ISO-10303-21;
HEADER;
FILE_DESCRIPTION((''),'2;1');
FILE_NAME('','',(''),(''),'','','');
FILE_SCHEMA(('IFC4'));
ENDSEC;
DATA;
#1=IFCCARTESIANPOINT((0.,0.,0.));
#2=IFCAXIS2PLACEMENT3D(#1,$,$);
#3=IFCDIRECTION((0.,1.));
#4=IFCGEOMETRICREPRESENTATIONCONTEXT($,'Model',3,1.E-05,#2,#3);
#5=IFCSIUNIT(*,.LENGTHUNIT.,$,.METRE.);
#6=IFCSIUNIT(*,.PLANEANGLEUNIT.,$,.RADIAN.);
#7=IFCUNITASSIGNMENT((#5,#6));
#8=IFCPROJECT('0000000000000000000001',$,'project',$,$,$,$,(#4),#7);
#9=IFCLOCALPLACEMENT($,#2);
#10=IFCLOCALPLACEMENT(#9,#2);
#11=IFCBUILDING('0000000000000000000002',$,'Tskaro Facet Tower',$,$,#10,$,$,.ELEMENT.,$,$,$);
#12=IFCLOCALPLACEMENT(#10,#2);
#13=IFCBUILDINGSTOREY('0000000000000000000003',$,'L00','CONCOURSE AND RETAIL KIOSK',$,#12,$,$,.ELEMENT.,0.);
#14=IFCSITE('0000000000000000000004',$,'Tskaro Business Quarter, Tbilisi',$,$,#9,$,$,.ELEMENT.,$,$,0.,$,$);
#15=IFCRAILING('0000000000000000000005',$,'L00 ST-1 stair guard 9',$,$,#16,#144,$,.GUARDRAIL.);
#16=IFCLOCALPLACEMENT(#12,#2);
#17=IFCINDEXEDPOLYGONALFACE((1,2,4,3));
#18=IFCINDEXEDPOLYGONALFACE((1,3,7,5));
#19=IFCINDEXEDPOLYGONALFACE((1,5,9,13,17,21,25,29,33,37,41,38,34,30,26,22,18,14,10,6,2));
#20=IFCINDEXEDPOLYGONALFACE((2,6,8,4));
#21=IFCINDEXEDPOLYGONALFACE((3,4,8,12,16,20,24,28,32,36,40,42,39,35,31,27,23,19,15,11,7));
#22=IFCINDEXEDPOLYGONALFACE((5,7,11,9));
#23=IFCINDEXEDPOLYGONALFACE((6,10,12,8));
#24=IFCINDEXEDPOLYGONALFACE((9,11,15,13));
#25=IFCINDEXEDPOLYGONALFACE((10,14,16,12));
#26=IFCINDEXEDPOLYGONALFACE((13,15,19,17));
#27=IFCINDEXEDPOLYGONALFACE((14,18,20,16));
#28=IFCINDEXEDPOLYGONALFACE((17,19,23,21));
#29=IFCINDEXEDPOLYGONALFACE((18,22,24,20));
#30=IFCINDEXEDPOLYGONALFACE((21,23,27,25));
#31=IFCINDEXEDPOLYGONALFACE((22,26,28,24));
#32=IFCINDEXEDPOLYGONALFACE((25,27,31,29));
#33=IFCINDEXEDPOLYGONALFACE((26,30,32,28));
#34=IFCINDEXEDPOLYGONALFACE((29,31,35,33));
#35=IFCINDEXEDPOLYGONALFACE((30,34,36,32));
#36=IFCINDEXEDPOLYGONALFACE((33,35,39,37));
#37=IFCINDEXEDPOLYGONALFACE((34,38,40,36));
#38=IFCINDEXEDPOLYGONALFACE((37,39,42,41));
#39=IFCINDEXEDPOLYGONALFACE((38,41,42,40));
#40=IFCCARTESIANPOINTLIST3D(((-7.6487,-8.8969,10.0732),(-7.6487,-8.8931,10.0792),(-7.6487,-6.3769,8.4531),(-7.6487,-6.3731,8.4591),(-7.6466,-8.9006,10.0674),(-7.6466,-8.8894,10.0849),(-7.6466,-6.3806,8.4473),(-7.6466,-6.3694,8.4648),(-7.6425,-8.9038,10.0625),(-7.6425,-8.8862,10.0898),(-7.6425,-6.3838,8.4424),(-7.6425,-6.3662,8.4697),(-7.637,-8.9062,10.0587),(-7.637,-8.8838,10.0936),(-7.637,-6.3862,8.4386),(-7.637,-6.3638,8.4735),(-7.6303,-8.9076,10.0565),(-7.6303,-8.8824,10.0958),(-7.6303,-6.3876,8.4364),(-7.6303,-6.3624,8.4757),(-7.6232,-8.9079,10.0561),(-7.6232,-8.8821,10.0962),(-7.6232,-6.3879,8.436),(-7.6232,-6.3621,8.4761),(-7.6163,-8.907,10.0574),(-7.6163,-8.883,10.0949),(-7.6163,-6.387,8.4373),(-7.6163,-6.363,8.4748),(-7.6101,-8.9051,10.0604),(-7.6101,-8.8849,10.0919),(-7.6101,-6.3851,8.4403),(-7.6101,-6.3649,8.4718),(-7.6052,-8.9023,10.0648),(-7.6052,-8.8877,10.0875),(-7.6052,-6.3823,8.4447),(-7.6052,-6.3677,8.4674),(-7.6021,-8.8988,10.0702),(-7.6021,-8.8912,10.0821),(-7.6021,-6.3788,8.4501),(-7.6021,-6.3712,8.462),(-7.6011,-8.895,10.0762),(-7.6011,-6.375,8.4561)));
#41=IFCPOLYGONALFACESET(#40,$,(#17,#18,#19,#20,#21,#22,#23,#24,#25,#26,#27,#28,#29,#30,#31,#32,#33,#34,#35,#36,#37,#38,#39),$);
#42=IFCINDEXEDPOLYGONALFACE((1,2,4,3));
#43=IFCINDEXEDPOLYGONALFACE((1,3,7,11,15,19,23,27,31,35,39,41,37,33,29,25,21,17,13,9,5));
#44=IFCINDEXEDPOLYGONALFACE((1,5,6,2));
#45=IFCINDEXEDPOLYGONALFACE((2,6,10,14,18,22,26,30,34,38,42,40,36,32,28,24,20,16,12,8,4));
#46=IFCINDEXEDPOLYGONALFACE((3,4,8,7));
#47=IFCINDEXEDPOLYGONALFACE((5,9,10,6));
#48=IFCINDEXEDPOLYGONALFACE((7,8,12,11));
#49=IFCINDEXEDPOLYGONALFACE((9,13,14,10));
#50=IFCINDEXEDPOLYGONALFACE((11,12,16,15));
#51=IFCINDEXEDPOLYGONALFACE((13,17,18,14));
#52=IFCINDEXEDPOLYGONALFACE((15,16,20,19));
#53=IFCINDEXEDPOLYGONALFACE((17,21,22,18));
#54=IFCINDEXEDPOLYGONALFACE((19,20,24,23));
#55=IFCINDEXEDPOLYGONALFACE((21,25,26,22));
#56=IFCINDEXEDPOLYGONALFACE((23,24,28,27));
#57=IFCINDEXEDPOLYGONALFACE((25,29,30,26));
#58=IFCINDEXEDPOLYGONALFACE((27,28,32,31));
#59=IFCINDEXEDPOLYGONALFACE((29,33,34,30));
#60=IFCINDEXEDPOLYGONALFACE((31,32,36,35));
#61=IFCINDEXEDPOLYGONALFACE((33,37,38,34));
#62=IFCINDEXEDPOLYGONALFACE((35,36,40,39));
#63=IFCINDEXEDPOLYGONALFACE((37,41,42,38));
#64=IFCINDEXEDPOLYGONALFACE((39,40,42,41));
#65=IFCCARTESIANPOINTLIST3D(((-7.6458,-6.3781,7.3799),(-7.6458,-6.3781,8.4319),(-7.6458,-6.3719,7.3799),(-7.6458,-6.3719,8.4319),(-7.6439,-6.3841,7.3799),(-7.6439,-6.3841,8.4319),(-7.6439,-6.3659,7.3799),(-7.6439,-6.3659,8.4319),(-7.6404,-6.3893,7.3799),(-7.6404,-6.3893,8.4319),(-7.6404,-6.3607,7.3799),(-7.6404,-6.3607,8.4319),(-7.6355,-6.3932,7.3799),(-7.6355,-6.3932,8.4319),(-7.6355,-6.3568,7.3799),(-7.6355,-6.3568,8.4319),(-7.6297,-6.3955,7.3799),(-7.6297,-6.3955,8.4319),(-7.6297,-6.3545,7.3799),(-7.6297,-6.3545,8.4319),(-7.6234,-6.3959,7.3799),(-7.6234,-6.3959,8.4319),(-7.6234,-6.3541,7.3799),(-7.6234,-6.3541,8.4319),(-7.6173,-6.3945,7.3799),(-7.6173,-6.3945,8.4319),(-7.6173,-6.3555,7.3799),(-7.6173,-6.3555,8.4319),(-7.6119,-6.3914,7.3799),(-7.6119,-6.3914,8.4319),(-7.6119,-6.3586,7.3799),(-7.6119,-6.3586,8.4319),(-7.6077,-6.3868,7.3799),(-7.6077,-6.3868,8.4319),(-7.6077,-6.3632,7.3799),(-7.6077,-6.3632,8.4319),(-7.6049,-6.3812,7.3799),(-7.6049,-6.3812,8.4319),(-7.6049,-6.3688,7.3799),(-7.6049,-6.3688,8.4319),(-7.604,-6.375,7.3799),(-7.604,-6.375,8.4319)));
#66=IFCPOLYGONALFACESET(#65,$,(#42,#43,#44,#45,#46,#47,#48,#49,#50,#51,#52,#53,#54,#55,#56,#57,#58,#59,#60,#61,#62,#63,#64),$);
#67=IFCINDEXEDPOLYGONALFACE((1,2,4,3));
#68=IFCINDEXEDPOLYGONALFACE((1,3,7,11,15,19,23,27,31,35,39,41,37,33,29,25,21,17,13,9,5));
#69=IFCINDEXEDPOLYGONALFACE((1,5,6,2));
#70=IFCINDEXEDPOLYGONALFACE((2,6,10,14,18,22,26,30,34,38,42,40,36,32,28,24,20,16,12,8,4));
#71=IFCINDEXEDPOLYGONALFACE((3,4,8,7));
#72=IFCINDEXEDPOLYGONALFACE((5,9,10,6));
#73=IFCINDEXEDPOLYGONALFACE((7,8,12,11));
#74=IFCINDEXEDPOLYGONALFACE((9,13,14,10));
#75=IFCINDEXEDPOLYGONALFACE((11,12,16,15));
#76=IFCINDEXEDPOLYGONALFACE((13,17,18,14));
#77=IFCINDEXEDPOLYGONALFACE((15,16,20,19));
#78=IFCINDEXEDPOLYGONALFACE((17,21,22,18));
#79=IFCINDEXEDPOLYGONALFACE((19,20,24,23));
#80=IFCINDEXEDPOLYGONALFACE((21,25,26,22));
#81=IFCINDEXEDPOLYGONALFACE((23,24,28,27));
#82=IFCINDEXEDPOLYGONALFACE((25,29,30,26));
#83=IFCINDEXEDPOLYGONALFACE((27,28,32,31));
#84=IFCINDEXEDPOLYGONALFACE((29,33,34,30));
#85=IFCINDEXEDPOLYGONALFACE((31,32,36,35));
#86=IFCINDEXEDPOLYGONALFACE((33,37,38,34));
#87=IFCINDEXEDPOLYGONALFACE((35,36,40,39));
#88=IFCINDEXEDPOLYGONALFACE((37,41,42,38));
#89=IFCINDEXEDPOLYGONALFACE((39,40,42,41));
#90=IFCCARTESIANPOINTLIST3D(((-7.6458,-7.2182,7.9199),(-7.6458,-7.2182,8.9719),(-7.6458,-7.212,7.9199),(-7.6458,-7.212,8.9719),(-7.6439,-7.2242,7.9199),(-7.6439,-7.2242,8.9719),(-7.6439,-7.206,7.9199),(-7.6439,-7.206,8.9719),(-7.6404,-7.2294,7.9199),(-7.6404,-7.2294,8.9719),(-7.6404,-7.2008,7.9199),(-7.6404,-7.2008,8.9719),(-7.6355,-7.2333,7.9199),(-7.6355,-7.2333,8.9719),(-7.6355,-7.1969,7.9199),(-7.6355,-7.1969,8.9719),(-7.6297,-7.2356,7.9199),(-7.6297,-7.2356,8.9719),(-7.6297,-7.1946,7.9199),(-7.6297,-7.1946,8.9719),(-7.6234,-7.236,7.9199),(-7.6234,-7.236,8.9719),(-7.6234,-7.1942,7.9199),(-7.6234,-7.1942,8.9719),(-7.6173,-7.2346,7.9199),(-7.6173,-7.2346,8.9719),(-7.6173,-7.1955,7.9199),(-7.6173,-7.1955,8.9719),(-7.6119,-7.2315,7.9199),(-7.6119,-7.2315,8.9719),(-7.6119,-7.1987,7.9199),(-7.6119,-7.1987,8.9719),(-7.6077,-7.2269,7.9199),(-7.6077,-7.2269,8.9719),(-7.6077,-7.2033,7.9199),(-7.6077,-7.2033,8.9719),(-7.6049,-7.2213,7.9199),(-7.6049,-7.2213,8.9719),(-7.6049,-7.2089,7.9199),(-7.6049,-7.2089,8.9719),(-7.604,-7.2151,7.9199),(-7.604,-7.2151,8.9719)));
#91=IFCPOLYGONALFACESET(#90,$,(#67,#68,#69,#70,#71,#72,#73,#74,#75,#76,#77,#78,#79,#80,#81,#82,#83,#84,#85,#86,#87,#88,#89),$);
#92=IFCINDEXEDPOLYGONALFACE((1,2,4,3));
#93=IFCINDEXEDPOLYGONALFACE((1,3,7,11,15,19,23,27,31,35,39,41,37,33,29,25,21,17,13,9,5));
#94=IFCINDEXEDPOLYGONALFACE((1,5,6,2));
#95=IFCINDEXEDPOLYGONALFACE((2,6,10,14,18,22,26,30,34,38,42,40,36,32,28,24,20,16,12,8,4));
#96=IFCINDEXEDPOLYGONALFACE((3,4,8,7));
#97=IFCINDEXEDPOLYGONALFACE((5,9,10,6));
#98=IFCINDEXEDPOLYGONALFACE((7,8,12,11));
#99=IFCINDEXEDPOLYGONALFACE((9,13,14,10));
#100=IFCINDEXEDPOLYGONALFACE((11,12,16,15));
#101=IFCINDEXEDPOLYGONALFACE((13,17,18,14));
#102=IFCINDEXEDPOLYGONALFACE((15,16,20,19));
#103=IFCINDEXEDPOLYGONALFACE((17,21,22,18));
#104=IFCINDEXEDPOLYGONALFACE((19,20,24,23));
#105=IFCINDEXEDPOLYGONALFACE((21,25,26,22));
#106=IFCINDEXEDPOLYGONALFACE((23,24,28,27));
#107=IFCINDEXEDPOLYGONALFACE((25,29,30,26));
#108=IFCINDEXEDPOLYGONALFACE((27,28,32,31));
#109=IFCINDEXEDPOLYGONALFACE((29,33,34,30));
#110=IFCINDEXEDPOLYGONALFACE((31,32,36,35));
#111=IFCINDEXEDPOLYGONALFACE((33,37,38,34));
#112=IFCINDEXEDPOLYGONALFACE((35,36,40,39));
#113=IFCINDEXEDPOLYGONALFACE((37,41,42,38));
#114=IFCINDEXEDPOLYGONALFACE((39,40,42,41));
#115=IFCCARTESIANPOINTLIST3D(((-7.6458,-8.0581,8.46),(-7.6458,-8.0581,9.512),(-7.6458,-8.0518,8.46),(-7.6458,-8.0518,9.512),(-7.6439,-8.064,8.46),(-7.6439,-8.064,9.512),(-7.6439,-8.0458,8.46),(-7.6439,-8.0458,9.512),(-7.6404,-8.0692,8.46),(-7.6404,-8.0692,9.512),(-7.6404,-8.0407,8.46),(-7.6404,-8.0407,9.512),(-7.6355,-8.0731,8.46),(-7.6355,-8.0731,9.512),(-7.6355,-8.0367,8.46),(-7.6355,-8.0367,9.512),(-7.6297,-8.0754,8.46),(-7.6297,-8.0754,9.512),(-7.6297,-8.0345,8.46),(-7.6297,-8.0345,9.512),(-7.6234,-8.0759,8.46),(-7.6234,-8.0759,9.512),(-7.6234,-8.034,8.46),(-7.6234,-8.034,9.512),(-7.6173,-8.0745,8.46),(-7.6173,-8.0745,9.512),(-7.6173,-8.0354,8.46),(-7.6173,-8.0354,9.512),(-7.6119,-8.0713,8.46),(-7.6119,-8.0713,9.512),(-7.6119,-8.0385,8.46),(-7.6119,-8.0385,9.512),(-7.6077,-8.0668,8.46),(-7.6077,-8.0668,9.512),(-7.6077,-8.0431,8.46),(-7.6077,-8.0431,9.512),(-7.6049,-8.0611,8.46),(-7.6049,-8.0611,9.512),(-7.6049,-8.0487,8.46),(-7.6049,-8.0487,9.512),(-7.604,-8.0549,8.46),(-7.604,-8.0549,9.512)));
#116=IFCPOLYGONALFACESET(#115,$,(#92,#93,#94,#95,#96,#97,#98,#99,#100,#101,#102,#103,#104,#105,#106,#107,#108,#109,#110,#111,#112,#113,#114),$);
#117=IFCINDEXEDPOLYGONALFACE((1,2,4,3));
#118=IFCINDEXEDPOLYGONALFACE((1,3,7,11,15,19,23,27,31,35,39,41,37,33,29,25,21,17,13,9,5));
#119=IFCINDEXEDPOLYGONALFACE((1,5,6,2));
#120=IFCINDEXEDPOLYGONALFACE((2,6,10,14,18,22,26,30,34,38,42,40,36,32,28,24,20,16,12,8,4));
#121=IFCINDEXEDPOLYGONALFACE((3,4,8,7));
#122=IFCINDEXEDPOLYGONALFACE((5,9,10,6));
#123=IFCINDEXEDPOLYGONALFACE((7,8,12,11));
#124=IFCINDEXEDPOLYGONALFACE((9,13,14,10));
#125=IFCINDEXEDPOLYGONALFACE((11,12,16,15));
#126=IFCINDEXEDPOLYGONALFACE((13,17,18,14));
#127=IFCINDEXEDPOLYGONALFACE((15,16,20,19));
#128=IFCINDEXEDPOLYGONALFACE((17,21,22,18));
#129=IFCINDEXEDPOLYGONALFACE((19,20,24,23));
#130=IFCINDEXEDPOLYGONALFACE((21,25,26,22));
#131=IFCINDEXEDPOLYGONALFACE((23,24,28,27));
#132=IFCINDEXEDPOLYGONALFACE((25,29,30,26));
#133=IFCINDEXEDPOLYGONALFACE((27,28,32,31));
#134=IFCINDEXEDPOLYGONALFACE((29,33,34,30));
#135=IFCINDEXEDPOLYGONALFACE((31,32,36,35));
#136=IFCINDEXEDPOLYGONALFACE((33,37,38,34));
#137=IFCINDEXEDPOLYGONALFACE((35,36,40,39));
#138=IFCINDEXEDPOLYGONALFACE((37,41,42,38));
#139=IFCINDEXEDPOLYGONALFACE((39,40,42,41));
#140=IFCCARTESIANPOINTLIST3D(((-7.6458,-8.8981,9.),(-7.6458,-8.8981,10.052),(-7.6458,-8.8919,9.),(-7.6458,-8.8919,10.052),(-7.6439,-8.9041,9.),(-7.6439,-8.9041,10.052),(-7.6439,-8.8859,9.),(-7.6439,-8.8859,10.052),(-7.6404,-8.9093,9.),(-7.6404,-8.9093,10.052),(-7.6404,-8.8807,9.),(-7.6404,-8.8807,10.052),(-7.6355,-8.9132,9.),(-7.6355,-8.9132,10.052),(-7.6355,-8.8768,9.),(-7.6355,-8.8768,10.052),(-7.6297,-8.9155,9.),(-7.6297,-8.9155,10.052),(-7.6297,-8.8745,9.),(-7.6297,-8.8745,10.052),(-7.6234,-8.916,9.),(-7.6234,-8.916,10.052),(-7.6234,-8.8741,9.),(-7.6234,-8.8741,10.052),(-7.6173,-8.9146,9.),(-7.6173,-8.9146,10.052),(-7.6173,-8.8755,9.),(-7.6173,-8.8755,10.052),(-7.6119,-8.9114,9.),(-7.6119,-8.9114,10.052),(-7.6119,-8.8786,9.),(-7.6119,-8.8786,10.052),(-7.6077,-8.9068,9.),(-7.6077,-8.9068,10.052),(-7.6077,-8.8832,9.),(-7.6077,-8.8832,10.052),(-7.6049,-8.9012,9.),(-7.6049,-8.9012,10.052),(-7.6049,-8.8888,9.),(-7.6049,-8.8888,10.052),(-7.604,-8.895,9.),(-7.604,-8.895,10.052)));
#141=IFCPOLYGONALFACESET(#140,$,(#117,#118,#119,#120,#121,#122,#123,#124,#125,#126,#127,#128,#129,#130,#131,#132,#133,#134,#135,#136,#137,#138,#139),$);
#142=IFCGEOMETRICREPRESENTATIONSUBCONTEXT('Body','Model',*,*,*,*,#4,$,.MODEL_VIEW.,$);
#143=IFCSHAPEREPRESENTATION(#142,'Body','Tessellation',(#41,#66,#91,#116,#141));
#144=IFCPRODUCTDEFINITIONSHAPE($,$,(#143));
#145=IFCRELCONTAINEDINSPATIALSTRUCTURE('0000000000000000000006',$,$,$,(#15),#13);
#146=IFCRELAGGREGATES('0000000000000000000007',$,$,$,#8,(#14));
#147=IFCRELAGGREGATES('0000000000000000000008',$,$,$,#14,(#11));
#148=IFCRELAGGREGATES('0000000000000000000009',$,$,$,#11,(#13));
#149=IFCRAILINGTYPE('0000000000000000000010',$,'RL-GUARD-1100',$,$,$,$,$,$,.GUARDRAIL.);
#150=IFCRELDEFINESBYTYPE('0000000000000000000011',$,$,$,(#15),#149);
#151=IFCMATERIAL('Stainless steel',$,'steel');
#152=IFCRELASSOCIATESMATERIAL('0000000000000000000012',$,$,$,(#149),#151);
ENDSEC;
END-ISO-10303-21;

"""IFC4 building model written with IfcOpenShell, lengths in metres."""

from ifc_helpers import new_model, si_unit, direction, frame, origin, origin_2d, place, context, subcontext, project, spatial, circle, extrude, material, type_object, element, save


model = new_model("IFC4")

# Units and contexts
model_context = context("Model", 3, precision=1e-05, world=origin(), true_north=direction((0.0, 1.0)))
body_context = subcontext(model_context, "Body", "Model", "MODEL_VIEW")
ifc_project = project(units=[si_unit("LENGTHUNIT", "METRE"), si_unit("PLANEANGLEUNIT", "RADIAN")], contexts=[model_context])

# Site, building, storey
site_placement = place(None, origin())
site = spatial("IfcSite", under=ifc_project, at=site_placement, Name="Tskaro Business Quarter, Tbilisi", CompositionType="ELEMENT", RefElevation=0.0)
building_placement = place(site_placement, origin())
building = spatial("IfcBuilding", under=site, at=building_placement, Name="Tskaro Facet Tower", CompositionType="ELEMENT")
storey_placement = place(building_placement, origin())
storey = spatial("IfcBuildingStorey", under=building, at=storey_placement, Name="L00", Description="CONCOURSE AND RETAIL KIOSK", CompositionType="ELEMENT", Elevation=0.0)

# Railing
ifc_material_1 = material(Name="Stainless steel", Category="steel")
railing_type_1 = type_object("IfcRailingType", Name="RL-GUARD-1100", PredefinedType="GUARDRAIL", material=ifc_material_1)
railing_1_placement = place(storey_placement, frame((-7.625, -6.375, 7.3799)))
element("IfcRailing", 1, at=railing_1_placement, inside=storey, type_object=railing_type_1, Name="L00 ST-1 stair guard 9", PredefinedType="GUARDRAIL", context=body_context, shape_type="SweptSolid", body=[
    extrude(circle(Radius=0.0239, at=origin_2d()), frame((0.0, 0.0, 1.0762), z_axis=(0.0, -0.841163, 0.540782), x_axis=(1.0, 0.0, 0.0)), (0.0, 0.0, 1.0), 2.9958),
    extrude(circle(Radius=0.021, at=origin_2d()), origin(), (0.0, 0.0, 1.0), 1.052),
    extrude(circle(Radius=0.021, at=origin_2d()), frame((0.0, -0.8401, 0.54)), (0.0, 0.0, 1.0), 1.052),
    extrude(circle(Radius=0.021, at=origin_2d()), frame((0.0, -1.6799, 1.0801)), (0.0, 0.0, 1.0), 1.052),
    extrude(circle(Radius=0.021, at=origin_2d()), frame((0.0, -2.52, 1.6201)), (0.0, 0.0, 1.0), 1.052),
])

save(model, "model.ifc")
